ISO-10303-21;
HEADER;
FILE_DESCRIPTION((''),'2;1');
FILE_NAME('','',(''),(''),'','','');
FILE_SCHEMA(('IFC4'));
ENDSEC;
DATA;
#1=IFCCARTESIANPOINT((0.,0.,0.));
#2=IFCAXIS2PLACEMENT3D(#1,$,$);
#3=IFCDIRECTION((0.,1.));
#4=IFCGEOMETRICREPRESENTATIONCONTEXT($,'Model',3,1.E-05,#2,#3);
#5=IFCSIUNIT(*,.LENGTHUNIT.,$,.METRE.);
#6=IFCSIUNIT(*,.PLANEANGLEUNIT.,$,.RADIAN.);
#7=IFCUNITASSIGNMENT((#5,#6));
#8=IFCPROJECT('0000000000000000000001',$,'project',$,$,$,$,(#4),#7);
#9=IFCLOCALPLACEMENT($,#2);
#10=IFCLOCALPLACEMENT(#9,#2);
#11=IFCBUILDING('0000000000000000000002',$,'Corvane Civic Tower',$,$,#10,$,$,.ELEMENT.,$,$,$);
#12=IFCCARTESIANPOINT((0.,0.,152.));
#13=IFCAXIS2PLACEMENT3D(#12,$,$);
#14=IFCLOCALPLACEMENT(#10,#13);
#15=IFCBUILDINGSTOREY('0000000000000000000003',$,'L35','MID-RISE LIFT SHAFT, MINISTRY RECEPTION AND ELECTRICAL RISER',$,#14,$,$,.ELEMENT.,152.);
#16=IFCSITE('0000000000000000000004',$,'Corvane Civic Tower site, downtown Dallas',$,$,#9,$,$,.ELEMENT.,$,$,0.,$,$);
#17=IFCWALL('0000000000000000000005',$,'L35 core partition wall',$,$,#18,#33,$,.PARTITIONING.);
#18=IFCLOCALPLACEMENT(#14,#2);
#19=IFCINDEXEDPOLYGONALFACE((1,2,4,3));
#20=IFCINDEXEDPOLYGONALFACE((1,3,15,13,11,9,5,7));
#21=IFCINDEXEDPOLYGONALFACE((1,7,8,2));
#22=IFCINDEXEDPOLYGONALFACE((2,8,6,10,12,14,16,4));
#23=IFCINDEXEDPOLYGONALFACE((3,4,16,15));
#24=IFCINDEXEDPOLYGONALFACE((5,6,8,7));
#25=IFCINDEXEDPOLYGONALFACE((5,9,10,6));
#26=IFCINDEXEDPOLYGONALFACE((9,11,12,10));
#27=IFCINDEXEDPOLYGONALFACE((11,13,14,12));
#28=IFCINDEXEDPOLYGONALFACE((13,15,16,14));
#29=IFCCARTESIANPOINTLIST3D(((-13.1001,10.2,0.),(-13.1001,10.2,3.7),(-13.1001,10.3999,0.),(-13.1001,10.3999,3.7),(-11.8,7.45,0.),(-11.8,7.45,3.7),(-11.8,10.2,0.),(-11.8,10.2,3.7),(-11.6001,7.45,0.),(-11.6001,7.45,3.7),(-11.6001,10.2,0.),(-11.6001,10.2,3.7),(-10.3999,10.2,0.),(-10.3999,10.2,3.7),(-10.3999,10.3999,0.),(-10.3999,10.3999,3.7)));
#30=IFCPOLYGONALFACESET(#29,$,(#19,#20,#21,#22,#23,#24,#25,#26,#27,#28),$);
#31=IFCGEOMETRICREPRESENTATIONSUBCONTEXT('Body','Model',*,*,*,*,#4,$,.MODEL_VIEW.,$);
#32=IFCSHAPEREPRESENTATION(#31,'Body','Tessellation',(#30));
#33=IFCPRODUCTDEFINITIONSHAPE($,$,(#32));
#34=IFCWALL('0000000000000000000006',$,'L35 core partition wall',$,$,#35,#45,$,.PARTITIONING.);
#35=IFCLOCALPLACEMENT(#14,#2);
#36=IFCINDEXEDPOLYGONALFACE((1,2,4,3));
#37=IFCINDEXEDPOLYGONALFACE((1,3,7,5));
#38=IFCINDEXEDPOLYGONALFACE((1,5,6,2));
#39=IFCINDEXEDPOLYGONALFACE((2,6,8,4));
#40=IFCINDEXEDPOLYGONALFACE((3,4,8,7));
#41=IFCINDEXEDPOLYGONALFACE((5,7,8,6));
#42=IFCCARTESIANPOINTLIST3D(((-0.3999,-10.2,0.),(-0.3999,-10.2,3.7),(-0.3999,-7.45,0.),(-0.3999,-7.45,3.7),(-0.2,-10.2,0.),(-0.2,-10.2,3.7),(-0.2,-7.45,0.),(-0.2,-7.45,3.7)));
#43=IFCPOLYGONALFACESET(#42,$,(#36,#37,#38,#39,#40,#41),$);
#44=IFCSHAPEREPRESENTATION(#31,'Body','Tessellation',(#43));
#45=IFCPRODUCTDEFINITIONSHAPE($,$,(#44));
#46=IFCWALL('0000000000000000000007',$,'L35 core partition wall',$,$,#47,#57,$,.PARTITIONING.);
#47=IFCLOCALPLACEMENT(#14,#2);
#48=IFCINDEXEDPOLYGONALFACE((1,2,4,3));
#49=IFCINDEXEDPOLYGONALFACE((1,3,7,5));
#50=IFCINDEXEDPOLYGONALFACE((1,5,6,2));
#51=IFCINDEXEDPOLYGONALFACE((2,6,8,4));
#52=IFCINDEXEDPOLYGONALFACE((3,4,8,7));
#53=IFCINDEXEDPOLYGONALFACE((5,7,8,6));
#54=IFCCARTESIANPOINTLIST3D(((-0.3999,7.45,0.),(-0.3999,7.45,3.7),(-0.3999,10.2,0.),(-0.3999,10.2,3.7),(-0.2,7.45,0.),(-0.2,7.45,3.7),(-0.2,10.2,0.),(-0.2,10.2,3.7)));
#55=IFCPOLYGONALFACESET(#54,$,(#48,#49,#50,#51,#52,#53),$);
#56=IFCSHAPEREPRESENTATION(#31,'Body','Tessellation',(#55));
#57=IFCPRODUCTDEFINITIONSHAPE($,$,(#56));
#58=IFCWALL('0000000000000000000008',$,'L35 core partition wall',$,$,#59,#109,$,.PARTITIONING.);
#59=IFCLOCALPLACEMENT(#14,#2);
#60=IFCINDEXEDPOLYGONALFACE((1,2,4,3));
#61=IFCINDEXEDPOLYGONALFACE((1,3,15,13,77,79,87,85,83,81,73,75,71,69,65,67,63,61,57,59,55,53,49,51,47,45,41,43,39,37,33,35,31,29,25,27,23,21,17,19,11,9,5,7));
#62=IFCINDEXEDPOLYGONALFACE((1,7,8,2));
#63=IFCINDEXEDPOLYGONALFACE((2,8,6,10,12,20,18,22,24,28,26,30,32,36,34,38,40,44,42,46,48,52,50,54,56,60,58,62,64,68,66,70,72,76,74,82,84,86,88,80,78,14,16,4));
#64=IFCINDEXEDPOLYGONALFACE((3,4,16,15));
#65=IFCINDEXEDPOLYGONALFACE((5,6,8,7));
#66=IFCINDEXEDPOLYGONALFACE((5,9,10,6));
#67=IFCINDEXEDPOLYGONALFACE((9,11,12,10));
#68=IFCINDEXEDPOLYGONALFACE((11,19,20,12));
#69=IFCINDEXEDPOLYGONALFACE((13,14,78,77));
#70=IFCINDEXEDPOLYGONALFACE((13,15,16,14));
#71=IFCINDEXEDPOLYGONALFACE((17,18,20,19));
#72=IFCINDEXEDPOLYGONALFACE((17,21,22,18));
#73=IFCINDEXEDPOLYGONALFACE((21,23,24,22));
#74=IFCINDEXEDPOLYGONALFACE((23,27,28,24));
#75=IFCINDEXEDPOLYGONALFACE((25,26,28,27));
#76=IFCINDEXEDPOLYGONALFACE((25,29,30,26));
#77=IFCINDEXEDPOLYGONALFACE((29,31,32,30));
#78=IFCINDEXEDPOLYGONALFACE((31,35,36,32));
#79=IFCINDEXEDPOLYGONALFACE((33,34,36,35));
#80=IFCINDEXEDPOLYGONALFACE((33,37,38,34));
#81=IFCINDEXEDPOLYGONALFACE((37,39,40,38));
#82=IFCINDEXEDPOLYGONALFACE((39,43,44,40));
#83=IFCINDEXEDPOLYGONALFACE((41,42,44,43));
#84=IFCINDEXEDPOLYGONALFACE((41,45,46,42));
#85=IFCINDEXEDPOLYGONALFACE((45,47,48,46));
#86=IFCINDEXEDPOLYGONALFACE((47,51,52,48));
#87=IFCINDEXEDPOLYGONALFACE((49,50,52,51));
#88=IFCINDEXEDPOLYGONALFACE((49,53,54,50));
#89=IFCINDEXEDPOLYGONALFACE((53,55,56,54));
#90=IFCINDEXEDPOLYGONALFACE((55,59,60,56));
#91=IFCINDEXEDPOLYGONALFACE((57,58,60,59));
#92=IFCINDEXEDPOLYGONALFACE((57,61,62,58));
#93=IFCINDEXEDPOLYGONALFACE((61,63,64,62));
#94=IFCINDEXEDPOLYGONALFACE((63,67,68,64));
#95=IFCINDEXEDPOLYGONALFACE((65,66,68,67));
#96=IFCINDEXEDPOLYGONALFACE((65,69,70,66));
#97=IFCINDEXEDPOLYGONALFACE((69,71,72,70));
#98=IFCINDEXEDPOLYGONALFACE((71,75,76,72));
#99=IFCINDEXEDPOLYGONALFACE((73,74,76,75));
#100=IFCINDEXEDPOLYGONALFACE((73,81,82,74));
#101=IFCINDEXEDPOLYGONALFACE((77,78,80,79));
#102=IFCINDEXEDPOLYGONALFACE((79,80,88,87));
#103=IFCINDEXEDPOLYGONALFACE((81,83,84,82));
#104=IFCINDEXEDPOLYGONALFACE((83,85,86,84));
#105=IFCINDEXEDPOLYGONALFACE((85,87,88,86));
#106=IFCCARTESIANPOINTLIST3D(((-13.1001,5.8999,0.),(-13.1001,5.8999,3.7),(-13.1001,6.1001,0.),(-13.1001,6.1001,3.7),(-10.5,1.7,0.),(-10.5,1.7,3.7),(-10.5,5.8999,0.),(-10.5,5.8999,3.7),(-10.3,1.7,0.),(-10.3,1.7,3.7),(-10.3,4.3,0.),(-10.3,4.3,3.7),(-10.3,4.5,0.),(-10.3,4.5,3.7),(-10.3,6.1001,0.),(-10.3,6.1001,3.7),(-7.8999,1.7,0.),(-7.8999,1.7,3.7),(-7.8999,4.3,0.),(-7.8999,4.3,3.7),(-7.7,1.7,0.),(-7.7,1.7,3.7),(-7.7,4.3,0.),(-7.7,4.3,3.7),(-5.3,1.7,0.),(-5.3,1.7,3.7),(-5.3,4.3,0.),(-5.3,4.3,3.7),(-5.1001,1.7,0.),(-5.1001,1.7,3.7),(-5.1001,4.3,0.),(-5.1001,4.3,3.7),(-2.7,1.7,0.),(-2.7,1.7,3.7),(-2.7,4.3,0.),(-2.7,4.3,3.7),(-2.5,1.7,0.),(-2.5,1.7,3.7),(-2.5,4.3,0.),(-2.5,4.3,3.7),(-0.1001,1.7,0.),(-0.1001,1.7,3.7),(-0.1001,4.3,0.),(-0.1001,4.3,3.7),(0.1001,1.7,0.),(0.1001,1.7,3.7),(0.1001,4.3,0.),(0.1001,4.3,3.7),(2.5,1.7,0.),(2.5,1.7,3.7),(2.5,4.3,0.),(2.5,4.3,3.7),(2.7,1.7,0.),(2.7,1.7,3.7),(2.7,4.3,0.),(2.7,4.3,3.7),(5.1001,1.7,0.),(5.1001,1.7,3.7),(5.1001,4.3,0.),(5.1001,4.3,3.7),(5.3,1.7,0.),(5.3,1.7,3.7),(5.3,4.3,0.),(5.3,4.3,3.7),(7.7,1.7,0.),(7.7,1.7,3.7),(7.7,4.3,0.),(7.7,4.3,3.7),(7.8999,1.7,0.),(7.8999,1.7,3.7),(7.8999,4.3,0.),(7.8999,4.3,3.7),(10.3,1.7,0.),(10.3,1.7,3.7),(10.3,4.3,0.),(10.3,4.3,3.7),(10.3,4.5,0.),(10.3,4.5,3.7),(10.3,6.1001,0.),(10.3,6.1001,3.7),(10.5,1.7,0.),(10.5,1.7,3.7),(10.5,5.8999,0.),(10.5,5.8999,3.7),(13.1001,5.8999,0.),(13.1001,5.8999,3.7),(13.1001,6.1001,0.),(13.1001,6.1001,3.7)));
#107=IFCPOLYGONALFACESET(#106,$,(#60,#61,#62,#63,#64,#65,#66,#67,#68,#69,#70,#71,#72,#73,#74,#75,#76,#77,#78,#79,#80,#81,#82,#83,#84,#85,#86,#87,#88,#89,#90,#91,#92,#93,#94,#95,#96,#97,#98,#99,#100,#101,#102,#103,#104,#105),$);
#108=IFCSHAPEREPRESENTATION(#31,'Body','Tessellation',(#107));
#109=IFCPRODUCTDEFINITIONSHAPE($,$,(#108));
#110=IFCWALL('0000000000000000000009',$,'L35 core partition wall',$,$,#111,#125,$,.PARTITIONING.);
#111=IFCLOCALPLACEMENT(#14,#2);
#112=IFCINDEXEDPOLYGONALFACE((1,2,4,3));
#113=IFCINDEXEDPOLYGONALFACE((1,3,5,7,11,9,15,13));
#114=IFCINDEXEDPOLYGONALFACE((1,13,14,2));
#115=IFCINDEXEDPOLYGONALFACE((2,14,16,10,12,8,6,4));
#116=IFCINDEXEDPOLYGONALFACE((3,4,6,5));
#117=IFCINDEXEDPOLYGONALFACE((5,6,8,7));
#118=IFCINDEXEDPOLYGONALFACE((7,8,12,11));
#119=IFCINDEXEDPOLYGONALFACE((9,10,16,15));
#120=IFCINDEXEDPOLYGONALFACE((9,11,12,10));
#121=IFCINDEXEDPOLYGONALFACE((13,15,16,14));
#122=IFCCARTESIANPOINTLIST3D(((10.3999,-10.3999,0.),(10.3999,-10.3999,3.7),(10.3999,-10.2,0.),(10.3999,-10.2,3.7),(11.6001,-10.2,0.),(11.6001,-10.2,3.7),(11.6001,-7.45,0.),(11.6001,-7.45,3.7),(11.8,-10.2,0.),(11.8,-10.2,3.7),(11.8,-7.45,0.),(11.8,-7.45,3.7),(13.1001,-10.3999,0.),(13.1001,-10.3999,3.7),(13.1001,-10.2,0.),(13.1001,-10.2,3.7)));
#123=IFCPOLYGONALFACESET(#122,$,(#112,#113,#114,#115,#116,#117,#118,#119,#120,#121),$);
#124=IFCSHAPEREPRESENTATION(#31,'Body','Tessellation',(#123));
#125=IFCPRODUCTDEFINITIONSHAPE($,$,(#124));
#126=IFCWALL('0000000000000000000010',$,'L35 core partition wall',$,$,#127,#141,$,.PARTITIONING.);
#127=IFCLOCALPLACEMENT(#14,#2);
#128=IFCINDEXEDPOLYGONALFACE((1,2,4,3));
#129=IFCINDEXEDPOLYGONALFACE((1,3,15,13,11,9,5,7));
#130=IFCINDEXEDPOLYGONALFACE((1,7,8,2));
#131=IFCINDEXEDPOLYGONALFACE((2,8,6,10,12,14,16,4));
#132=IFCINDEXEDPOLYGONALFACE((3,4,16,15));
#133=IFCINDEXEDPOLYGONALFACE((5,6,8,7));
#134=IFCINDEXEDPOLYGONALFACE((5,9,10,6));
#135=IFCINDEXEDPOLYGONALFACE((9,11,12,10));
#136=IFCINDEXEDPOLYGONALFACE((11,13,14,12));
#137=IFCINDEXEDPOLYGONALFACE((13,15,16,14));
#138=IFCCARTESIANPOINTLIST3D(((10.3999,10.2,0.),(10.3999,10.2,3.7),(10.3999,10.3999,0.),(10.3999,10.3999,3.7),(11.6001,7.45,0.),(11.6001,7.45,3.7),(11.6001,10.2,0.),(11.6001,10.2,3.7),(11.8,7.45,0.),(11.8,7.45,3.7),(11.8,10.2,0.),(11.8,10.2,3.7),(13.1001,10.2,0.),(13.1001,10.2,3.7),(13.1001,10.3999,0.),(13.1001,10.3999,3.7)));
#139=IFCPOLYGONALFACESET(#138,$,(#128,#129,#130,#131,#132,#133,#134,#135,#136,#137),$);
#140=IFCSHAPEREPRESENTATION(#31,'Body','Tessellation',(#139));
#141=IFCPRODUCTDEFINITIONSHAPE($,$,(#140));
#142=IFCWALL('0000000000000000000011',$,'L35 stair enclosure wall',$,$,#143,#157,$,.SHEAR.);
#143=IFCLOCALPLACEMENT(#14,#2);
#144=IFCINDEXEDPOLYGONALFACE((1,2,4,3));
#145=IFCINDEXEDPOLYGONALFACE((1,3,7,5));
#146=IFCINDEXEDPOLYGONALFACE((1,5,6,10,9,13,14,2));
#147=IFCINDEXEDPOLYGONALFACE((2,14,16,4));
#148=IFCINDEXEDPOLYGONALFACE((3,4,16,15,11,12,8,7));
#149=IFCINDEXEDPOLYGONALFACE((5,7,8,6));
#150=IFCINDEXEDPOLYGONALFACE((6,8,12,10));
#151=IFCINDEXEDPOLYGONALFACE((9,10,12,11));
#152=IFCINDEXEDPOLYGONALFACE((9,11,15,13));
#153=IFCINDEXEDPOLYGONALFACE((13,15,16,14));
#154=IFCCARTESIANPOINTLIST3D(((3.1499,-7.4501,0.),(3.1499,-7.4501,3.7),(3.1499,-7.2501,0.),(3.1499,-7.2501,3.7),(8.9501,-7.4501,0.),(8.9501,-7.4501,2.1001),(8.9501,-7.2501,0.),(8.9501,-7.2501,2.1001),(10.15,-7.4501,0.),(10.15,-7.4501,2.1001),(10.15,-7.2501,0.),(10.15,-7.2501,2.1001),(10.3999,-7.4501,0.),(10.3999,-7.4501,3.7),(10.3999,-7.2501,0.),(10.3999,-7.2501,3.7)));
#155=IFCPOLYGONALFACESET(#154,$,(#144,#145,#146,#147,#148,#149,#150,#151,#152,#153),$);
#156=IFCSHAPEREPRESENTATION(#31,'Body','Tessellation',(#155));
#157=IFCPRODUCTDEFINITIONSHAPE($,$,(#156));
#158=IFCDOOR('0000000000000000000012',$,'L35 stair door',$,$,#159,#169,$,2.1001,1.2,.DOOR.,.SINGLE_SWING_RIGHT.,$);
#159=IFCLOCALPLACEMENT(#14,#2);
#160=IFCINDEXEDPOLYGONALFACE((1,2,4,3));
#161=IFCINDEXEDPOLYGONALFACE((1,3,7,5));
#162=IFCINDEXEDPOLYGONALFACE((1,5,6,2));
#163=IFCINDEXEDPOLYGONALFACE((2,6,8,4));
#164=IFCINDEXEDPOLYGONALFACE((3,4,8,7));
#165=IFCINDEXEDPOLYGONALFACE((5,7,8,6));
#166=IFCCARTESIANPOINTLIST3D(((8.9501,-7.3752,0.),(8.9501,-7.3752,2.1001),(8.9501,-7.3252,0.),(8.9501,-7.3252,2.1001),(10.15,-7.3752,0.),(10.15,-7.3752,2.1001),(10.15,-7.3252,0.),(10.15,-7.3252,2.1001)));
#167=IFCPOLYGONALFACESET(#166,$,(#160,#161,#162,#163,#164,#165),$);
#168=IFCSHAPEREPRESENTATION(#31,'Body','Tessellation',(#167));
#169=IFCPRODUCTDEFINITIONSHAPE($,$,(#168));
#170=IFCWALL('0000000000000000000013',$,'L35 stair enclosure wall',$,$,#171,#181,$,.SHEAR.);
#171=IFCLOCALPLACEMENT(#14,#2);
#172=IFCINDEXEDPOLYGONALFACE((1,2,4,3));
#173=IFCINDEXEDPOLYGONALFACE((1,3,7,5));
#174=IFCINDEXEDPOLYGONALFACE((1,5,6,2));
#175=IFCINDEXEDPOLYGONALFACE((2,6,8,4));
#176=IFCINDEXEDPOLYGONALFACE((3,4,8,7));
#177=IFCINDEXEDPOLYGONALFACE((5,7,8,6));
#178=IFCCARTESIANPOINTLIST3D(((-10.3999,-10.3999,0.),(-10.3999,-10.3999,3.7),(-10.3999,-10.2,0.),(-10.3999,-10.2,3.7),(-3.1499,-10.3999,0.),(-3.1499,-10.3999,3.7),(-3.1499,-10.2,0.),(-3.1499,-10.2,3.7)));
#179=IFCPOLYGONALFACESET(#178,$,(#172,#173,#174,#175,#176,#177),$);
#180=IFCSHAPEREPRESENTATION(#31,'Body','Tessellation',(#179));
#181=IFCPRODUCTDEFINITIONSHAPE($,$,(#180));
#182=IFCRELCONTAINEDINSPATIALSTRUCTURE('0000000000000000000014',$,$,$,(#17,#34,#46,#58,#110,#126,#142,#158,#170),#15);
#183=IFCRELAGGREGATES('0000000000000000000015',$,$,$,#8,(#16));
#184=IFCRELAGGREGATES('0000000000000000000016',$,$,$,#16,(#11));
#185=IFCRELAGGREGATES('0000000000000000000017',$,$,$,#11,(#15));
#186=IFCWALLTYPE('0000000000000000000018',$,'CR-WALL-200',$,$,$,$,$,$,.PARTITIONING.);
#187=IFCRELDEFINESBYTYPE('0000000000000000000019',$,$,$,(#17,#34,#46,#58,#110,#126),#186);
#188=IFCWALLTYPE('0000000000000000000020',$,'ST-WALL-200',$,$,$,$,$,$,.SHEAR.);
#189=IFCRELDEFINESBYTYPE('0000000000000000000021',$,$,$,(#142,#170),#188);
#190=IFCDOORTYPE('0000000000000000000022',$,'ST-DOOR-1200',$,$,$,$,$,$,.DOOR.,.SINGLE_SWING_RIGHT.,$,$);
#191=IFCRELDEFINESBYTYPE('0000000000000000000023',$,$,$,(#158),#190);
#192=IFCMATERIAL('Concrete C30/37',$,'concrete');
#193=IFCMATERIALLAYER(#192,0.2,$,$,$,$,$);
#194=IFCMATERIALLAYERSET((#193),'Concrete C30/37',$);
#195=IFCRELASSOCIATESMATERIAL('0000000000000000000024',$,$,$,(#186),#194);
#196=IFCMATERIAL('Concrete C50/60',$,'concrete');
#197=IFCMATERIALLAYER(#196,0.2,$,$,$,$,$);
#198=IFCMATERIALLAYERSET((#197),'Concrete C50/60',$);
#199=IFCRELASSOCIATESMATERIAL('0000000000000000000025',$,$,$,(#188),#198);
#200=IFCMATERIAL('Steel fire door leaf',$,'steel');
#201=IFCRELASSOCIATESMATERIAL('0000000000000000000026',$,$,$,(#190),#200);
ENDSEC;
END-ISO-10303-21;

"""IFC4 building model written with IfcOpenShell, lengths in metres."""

from ifc_helpers import new_model, si_unit, direction, frame, frame_2d, origin, place, context, subcontext, project, spatial, polyline, rectangle, outline, extrude, material, layer, layer_set, type_object, element, fill, save


model = new_model("IFC4")

# Units and contexts
model_context = context("Model", 3, precision=1e-05, world=origin(), true_north=direction((0.0, 1.0)))
body_context = subcontext(model_context, "Body", "Model", "MODEL_VIEW")
ifc_project = project(units=[si_unit("LENGTHUNIT", "METRE"), si_unit("PLANEANGLEUNIT", "RADIAN")], contexts=[model_context])

# Site, building, storey
site_placement = place(None, origin())
site = spatial("IfcSite", under=ifc_project, at=site_placement, Name="Corvane Civic Tower site, downtown Dallas", CompositionType="ELEMENT", RefElevation=0.0)
building_placement = place(site_placement, origin())
building = spatial("IfcBuilding", under=site, at=building_placement, Name="Corvane Civic Tower", CompositionType="ELEMENT")
storey_placement = place(building_placement, frame((0.0, 0.0, 152.0)))
storey = spatial("IfcBuildingStorey", under=building, at=storey_placement, Name="L35", Description="MID-RISE LIFT SHAFT, MINISTRY RECEPTION AND ELECTRICAL RISER", CompositionType="ELEMENT", Elevation=152.0)

# Shared definitions
ifc_material_1 = material(Name="Concrete C30/37", Category="concrete")
ifc_layer_1 = layer(ifc_material_1, 0.2)
ifc_layer_set_1 = layer_set([ifc_layer_1], Name="Concrete C30/37")
wall_type_1 = type_object("IfcWallType", Name="CR-WALL-200", PredefinedType="PARTITIONING", material=ifc_layer_set_1)

# Walls
wall_1_placement = place(storey_placement, origin())
element("IfcWall", 1, at=wall_1_placement, inside=storey, type_object=wall_type_1, Name="L35 core partition wall", PredefinedType="PARTITIONING", context=body_context, shape_type="SweptSolid", body=[
    extrude(outline(polyline([(-13.1001, 10.3999), (-10.3999, 10.3999), (-10.3999, 10.2), (-11.6001, 10.2), (-11.6001, 7.45), (-11.8, 7.45), (-11.8, 10.2), (-13.1001, 10.2), (-13.1001, 10.3999)])), origin(), (0.0, 0.0, 1.0), 3.7),
])
wall_2_placement = place(storey_placement, origin())
element("IfcWall", 2, at=wall_2_placement, inside=storey, type_object=wall_type_1, Name="L35 core partition wall", PredefinedType="PARTITIONING", context=body_context, shape_type="SweptSolid", body=[
    extrude(outline(polyline([(-0.2, -10.2), (-0.3999, -10.2), (-0.3999, -7.45), (-0.2, -7.45), (-0.2, -10.2)])), origin(), (0.0, 0.0, 1.0), 3.7),
])
wall_3_placement = place(storey_placement, origin())
element("IfcWall", 3, at=wall_3_placement, inside=storey, type_object=wall_type_1, Name="L35 core partition wall", PredefinedType="PARTITIONING", context=body_context, shape_type="SweptSolid", body=[
    extrude(outline(polyline([(-0.2, 7.45), (-0.3999, 7.45), (-0.3999, 10.2), (-0.2, 10.2), (-0.2, 7.45)])), origin(), (0.0, 0.0, 1.0), 3.7),
])
wall_4_placement = place(storey_placement, origin())
element("IfcWall", 4, at=wall_4_placement, inside=storey, type_object=wall_type_1, Name="L35 core partition wall", PredefinedType="PARTITIONING", context=body_context, shape_type="SweptSolid", body=[
    extrude(outline(polyline([(-10.3, 1.7), (-10.5, 1.7), (-10.5, 5.8999), (-13.1001, 5.8999), (-13.1001, 6.1001), (-10.3, 6.1001), (-10.3, 4.5), (10.3, 4.5), (10.3, 6.1001), (13.1001, 6.1001), (13.1001, 5.8999), (10.5, 5.8999), (10.5, 1.7), (10.3, 1.7), (10.3, 4.3), (7.8999, 4.3), (7.8999, 1.7), (7.7, 1.7), (7.7, 4.3), (5.3, 4.3), (5.3, 1.7), (5.1001, 1.7), (5.1001, 4.3), (2.7, 4.3), (2.7, 1.7), (2.5, 1.7), (2.5, 4.3), (0.1001, 4.3), (0.1001, 1.7), (-0.1001, 1.7), (-0.1001, 4.3), (-2.5, 4.3), (-2.5, 1.7), (-2.7, 1.7), (-2.7, 4.3), (-5.1001, 4.3), (-5.1001, 1.7), (-5.3, 1.7), (-5.3, 4.3), (-7.7, 4.3), (-7.7, 1.7), (-7.8999, 1.7), (-7.8999, 4.3), (-10.3, 4.3), (-10.3, 1.7)])), origin(), (0.0, 0.0, 1.0), 3.7),
])
wall_5_placement = place(storey_placement, origin())
element("IfcWall", 5, at=wall_5_placement, inside=storey, type_object=wall_type_1, Name="L35 core partition wall", PredefinedType="PARTITIONING", context=body_context, shape_type="SweptSolid", body=[
    extrude(outline(polyline([(11.8, -7.45), (11.8, -10.2), (13.1001, -10.2), (13.1001, -10.3999), (10.3999, -10.3999), (10.3999, -10.2), (11.6001, -10.2), (11.6001, -7.45), (11.8, -7.45)])), origin(), (0.0, 0.0, 1.0), 3.7),
])
wall_6_placement = place(storey_placement, origin())
element("IfcWall", 6, at=wall_6_placement, inside=storey, type_object=wall_type_1, Name="L35 core partition wall", PredefinedType="PARTITIONING", context=body_context, shape_type="SweptSolid", body=[
    extrude(outline(polyline([(13.1001, 10.3999), (13.1001, 10.2), (11.8, 10.2), (11.8, 7.45), (11.6001, 7.45), (11.6001, 10.2), (10.3999, 10.2), (10.3999, 10.3999), (13.1001, 10.3999)])), origin(), (0.0, 0.0, 1.0), 3.7),
])

# Wall, opening, door
ifc_material_2 = material(Name="Concrete C50/60", Category="concrete")
ifc_layer_2 = layer(ifc_material_2, 0.2)
ifc_layer_set_2 = layer_set([ifc_layer_2], Name="Concrete C50/60")
wall_type_2 = type_object("IfcWallType", Name="ST-WALL-200", PredefinedType="SHEAR", material=ifc_layer_set_2)
wall_7_placement = place(storey_placement, frame((3.1499, -7.3501, 0.0), z_axis=(0.0, 0.0, 1.0), x_axis=(1.0, 0.0, 0.0)))
wall_7 = element("IfcWall", 7, at=wall_7_placement, inside=storey, type_object=wall_type_2, Name="L35 stair enclosure wall", PredefinedType="SHEAR", context=body_context, shape_type="SweptSolid", body=[
    extrude(rectangle(XDim=7.25, YDim=0.2, at=frame_2d((3.625, 0.0))), origin(), (0.0, 0.0, 1.0), 3.7),
])
opening_1_placement = place(wall_7_placement, frame((5.8, 0.0, 0.0)))
opening_1 = element("IfcOpeningElement", 8, at=opening_1_placement, cuts=wall_7, PredefinedType="OPENING", context=body_context, shape_type="SweptSolid", body=[
    extrude(rectangle(XDim=1.2, YDim=2.1001, at=frame_2d((0.6001, 1.05))), frame((0.0, 0.1099, 0.0), z_axis=(0.0, -1.0, 0.0), x_axis=(1.0, 0.0, 0.0)), (0.0, 0.0, 1.0), 0.22),
])
ifc_material_3 = material(Name="Steel fire door leaf", Category="steel")
door_type_1 = type_object("IfcDoorType", Name="ST-DOOR-1200", OperationType="SINGLE_SWING_RIGHT", PredefinedType="DOOR", material=ifc_material_3)
door_1_placement = place(opening_1_placement, origin())
door_1 = element("IfcDoor", 9, at=door_1_placement, inside=storey, type_object=door_type_1, Name="L35 stair door", OperationType="SINGLE_SWING_RIGHT", OverallHeight=2.1001, OverallWidth=1.2, PredefinedType="DOOR", context=body_context, shape_type="SweptSolid", body=[
    extrude(rectangle(XDim=1.2, YDim=2.1001, at=frame_2d((0.6001, 1.05))), frame((0.0, 0.0249, 0.0), z_axis=(0.0, -1.0, 0.0), x_axis=(1.0, 0.0, 0.0)), (0.0, 0.0, 1.0), 0.05),
])
fill(opening_1, door_1)

# Wall
wall_8_placement = place(storey_placement, origin())
element("IfcWall", 10, at=wall_8_placement, inside=storey, type_object=wall_type_2, Name="L35 stair enclosure wall", PredefinedType="SHEAR", context=body_context, shape_type="SweptSolid", body=[
    extrude(outline(polyline([(-3.1499, -10.2), (-3.1499, -10.3999), (-10.3999, -10.3999), (-10.3999, -10.2), (-3.1499, -10.2)])), origin(), (0.0, 0.0, 1.0), 3.7),
])

save(model, "model.ifc")
